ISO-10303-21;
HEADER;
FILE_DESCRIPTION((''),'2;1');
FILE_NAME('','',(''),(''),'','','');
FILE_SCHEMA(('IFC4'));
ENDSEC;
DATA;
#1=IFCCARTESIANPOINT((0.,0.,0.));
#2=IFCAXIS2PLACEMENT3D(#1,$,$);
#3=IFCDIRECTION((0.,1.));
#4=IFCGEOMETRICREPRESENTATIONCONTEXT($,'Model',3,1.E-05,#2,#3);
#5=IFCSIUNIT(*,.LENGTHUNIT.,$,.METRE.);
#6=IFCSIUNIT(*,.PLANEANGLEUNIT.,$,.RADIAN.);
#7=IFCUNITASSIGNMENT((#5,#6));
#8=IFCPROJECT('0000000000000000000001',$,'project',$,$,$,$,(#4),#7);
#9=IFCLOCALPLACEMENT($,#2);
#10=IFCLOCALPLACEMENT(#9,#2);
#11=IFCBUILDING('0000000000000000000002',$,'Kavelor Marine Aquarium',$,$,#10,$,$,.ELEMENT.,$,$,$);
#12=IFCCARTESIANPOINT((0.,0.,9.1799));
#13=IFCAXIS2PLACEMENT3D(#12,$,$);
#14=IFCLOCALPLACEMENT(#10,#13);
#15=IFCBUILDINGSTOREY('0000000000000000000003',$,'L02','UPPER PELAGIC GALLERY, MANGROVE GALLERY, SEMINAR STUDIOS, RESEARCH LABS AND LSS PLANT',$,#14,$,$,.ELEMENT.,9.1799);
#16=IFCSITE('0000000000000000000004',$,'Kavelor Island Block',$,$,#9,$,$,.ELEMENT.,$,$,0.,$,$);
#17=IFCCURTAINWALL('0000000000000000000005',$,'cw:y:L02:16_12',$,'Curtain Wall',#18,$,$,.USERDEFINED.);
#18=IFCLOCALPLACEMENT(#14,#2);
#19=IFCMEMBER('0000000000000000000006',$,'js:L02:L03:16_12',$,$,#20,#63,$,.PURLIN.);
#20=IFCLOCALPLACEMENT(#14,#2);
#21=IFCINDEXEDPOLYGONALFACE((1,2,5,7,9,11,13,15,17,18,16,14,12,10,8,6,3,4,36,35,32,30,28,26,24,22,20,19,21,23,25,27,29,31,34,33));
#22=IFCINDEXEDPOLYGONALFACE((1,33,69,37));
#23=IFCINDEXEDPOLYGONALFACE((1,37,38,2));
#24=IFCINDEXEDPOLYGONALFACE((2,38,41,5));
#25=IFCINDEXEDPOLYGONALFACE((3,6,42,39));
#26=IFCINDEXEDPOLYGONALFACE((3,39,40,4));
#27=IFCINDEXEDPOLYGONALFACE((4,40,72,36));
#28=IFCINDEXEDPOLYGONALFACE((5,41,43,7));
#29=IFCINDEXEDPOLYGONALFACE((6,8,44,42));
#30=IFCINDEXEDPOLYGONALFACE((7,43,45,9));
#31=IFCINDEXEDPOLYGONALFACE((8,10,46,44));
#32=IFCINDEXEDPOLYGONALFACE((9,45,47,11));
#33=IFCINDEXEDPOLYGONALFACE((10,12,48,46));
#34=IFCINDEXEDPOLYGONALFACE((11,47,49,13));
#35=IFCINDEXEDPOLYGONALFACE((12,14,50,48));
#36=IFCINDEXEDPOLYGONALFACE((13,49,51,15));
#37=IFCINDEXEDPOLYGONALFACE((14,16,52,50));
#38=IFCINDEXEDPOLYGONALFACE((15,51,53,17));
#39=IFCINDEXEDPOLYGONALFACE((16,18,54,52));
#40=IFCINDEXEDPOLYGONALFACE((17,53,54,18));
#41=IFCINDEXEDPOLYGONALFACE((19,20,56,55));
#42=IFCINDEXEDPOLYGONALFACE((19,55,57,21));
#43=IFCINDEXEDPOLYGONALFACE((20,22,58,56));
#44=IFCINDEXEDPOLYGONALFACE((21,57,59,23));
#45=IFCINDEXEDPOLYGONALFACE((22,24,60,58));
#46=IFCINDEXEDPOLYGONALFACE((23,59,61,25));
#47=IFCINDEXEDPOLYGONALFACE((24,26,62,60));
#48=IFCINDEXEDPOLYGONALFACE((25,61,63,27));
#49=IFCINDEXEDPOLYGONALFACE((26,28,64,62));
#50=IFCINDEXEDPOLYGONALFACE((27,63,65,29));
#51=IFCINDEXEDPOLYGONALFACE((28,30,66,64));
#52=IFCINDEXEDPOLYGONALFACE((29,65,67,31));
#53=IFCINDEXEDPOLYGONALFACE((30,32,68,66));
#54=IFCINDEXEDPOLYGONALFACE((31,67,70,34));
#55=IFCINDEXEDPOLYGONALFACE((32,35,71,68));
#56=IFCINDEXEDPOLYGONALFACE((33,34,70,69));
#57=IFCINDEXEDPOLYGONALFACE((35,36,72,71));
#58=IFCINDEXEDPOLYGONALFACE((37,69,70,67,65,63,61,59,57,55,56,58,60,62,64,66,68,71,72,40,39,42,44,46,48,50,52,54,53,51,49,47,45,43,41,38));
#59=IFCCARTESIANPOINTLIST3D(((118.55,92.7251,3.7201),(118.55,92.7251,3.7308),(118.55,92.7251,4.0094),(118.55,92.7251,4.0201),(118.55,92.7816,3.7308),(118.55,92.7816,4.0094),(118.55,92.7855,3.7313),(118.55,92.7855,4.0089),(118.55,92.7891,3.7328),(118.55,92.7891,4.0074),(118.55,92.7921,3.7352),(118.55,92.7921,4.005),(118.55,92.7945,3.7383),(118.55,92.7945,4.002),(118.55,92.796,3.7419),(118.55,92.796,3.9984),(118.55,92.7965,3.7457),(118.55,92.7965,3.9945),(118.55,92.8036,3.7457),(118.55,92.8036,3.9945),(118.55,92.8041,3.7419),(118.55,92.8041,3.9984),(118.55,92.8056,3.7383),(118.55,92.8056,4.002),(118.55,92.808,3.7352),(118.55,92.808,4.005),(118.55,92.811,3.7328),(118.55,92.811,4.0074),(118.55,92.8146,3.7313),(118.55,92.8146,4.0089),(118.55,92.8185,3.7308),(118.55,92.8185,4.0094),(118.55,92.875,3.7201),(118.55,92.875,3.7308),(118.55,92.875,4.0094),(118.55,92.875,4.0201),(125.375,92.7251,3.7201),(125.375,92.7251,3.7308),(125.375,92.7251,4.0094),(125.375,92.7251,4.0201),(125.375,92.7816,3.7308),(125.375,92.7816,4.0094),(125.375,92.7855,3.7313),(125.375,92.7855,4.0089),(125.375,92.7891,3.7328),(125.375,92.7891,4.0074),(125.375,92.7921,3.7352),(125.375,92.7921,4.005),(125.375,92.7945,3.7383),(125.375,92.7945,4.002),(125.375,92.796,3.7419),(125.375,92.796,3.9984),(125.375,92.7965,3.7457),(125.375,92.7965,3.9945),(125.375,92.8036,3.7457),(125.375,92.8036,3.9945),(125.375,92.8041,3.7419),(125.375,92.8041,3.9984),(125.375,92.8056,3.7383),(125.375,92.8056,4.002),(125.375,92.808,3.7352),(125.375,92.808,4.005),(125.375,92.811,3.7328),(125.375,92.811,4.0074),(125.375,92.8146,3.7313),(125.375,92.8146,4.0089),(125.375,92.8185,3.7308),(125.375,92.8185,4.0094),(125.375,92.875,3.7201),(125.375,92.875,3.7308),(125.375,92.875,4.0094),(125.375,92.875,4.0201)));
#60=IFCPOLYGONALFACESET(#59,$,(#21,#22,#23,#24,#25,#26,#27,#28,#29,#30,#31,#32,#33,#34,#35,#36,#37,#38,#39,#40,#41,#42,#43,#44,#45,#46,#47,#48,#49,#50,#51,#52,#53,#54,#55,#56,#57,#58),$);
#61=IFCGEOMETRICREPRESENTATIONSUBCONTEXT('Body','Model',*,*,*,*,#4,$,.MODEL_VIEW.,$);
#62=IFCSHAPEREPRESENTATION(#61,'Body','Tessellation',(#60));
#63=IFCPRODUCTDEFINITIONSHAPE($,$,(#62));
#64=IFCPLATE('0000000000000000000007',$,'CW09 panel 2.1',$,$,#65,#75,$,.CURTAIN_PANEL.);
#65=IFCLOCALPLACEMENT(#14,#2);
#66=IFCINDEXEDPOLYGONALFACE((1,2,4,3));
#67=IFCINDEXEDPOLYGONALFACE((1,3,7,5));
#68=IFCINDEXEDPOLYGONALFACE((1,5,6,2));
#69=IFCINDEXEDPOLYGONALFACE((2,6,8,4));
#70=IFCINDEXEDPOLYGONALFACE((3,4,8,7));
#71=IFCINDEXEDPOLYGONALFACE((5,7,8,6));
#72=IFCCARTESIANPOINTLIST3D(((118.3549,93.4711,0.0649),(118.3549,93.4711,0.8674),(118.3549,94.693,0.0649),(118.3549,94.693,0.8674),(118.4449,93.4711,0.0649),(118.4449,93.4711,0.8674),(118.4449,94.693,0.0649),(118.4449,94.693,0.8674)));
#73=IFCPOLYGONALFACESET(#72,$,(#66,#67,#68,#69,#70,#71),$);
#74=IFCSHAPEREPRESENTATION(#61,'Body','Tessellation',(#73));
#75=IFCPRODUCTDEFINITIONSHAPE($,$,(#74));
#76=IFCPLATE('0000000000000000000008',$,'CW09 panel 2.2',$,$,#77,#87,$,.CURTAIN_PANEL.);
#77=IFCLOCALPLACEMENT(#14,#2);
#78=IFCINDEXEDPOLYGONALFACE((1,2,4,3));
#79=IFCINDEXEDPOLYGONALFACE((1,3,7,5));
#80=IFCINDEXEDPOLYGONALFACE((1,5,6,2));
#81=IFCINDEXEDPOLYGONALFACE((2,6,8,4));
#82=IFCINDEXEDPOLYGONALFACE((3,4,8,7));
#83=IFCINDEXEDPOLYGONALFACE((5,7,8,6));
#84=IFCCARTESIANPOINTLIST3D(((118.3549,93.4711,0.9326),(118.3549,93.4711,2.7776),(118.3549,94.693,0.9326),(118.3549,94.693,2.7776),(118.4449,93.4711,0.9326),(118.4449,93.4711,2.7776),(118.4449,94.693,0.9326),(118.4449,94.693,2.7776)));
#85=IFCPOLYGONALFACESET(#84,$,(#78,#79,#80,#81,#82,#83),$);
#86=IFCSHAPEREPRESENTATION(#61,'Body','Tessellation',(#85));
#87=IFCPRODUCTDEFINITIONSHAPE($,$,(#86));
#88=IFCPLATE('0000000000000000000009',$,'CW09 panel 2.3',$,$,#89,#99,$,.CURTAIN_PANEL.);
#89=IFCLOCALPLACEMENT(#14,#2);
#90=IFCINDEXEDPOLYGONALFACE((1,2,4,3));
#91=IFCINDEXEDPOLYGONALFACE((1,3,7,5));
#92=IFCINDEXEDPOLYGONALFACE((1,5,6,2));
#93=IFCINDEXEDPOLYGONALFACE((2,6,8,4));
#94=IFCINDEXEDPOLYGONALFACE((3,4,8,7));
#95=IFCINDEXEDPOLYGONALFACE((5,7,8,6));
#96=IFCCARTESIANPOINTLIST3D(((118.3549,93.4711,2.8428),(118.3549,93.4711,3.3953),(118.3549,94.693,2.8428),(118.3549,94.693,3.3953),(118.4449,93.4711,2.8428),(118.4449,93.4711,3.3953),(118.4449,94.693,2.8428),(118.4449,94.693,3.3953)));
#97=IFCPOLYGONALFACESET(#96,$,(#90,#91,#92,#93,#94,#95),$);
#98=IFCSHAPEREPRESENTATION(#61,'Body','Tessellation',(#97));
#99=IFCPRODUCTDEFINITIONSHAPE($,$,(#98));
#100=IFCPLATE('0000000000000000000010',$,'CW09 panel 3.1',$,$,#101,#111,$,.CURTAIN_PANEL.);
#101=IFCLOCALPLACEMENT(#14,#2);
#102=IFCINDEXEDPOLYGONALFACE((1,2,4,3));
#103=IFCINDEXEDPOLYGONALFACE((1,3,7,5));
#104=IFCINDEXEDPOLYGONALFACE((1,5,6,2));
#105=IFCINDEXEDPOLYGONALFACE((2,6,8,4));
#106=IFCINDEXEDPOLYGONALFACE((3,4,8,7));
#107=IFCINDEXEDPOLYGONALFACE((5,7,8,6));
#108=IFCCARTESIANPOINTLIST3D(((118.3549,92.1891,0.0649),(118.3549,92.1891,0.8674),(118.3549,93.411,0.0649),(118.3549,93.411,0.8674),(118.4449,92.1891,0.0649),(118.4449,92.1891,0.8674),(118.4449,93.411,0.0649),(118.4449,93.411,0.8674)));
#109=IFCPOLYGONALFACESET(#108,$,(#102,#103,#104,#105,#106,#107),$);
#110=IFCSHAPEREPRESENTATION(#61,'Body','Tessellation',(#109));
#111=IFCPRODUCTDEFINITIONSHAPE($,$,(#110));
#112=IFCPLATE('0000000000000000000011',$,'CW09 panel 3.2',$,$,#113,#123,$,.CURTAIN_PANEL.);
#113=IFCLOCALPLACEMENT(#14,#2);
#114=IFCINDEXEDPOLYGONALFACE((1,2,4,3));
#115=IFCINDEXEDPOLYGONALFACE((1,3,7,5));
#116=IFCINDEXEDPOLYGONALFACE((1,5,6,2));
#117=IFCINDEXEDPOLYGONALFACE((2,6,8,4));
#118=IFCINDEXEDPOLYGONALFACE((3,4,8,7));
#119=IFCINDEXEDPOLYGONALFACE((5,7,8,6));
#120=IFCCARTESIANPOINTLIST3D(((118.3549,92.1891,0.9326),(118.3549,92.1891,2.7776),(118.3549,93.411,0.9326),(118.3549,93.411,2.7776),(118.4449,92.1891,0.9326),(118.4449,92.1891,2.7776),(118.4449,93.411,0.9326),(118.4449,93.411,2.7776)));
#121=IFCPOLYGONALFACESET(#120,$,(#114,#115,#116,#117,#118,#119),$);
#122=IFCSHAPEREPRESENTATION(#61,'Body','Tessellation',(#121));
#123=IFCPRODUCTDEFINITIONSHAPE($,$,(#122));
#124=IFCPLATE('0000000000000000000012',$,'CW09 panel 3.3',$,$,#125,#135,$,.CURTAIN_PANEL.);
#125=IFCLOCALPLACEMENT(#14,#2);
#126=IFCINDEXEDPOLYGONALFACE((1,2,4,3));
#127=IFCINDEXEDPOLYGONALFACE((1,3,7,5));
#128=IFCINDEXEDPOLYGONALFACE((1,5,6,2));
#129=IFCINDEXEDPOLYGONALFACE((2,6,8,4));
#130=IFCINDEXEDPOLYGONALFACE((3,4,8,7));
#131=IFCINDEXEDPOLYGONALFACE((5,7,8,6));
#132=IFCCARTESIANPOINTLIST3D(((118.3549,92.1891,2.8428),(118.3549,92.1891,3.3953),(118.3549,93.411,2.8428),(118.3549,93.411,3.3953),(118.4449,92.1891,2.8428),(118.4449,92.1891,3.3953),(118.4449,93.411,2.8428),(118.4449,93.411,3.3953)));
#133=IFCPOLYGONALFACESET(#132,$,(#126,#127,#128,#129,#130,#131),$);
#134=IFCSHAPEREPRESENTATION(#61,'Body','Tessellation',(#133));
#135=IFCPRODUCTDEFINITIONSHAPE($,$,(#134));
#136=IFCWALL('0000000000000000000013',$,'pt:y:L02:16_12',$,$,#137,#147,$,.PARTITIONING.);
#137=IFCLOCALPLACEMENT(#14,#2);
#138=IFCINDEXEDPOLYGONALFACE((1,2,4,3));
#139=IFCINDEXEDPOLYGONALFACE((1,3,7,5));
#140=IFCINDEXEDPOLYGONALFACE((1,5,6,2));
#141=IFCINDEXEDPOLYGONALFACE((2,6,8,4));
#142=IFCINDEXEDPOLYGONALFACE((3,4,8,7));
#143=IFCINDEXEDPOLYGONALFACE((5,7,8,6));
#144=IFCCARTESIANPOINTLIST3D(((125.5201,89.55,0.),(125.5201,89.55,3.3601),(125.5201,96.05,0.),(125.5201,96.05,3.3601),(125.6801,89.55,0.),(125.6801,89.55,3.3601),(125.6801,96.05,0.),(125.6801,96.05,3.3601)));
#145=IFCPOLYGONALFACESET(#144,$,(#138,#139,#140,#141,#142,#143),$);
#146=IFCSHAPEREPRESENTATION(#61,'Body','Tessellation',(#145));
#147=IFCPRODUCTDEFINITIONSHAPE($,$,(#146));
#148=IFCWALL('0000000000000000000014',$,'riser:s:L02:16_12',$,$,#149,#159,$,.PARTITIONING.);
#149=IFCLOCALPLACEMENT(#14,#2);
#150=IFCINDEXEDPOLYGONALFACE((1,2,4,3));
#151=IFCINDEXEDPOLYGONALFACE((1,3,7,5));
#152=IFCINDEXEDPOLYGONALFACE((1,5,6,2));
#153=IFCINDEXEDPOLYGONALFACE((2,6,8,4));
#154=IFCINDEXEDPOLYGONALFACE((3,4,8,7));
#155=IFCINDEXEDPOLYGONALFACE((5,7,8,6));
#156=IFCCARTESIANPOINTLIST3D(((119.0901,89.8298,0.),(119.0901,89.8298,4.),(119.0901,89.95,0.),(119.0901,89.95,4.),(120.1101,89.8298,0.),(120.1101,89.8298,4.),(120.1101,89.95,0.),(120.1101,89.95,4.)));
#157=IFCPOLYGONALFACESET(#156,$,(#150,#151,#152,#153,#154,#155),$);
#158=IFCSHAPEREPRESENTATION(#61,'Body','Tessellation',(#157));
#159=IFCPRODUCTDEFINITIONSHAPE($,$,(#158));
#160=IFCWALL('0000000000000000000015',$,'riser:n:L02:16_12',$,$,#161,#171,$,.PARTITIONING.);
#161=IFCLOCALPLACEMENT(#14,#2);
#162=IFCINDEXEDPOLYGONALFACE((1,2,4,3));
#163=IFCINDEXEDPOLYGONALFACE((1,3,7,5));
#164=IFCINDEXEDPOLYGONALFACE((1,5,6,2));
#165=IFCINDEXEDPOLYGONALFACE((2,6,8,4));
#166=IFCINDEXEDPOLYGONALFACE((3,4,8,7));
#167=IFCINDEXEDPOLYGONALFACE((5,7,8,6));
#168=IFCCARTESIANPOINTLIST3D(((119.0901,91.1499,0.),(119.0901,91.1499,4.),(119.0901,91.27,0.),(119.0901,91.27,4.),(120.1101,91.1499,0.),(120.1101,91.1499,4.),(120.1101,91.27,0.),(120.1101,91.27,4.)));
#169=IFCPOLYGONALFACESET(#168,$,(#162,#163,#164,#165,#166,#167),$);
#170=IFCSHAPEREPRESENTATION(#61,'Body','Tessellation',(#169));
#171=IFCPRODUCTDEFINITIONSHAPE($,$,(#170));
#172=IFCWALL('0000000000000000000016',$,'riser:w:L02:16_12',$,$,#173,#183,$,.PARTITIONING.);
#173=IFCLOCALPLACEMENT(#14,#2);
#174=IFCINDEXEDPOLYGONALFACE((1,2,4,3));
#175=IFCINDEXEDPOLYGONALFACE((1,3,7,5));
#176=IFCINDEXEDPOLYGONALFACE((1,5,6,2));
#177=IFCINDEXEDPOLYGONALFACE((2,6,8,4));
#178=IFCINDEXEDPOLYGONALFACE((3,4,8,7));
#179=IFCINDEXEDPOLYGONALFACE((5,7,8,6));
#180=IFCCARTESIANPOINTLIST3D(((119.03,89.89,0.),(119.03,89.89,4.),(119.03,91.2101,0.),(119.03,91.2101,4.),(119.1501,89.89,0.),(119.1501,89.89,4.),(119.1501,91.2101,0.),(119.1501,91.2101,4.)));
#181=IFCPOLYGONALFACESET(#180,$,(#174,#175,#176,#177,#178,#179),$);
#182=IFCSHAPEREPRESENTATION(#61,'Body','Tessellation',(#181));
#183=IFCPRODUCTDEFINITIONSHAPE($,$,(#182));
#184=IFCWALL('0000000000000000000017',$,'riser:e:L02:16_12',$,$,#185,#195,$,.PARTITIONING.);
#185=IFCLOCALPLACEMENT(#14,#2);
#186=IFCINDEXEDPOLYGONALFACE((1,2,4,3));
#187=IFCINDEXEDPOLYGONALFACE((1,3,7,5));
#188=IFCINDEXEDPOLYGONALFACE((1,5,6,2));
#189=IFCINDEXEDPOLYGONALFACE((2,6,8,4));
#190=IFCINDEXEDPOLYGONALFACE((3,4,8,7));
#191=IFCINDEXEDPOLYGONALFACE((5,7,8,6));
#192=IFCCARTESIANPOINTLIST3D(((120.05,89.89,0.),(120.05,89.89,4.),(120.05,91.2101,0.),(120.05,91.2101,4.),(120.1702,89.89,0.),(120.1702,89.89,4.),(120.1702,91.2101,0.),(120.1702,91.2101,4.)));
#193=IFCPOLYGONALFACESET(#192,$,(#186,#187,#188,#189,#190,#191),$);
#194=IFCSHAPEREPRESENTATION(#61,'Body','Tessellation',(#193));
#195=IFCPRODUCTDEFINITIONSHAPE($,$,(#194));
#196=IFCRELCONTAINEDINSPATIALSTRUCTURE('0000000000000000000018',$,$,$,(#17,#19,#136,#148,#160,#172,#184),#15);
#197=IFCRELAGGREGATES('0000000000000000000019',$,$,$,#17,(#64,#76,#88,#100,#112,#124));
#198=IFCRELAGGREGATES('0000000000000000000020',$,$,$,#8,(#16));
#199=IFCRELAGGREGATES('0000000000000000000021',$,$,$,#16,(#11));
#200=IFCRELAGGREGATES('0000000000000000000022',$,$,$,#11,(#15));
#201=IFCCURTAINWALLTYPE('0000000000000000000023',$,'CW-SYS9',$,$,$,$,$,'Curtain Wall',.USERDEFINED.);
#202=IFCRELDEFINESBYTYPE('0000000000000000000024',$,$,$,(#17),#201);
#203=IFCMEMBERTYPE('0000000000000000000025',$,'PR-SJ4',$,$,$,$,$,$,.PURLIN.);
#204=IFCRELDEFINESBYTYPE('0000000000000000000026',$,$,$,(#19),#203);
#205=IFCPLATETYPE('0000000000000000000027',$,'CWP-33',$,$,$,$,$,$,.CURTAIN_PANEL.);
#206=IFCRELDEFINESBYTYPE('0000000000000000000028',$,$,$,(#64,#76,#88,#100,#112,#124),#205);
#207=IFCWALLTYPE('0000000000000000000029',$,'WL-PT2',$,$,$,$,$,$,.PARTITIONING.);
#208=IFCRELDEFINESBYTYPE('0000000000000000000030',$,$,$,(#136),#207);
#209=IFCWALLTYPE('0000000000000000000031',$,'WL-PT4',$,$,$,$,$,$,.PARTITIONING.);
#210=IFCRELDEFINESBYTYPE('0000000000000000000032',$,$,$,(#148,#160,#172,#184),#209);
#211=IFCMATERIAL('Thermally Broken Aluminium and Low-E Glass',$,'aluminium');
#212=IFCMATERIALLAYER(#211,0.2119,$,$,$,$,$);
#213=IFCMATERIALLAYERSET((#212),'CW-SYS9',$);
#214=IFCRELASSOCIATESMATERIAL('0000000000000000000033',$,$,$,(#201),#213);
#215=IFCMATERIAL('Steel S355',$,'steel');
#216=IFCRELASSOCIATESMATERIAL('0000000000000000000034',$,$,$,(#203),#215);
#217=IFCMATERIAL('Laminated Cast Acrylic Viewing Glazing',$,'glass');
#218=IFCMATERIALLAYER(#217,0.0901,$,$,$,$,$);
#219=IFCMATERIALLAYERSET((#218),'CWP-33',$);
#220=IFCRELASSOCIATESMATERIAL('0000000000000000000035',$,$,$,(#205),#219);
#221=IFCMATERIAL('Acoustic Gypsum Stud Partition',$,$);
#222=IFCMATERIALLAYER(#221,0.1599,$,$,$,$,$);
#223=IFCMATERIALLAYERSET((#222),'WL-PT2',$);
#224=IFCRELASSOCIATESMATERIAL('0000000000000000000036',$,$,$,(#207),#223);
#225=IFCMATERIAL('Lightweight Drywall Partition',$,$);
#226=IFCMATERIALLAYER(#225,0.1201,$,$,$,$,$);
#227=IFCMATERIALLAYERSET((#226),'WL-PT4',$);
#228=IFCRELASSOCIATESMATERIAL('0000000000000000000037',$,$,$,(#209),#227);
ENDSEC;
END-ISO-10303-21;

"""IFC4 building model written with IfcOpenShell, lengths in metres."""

from ifc_helpers import new_model, si_unit, direction, frame, frame_2d, origin, origin_2d, place, context, subcontext, project, spatial, rectangle, i_section, extrude, material, layer, layer_set, material_profile, profile_set, type_object, element, aggregate, save


model = new_model("IFC4")

# Units and contexts
model_context = context("Model", 3, precision=1e-05, world=origin(), true_north=direction((0.0, 1.0)))
body_context = subcontext(model_context, "Body", "Model", "MODEL_VIEW")
ifc_project = project(units=[si_unit("LENGTHUNIT", "METRE"), si_unit("PLANEANGLEUNIT", "RADIAN")], contexts=[model_context])

# Site, building, storey
site_placement = place(None, origin())
site = spatial("IfcSite", under=ifc_project, at=site_placement, Name="Kavelor Island Block", CompositionType="ELEMENT", RefElevation=0.0)
building_placement = place(site_placement, origin())
building = spatial("IfcBuilding", under=site, at=building_placement, Name="Kavelor Marine Aquarium", CompositionType="ELEMENT")
storey_placement = place(building_placement, frame((0.0, 0.0, 9.1799)))
storey = spatial("IfcBuildingStorey", under=building, at=storey_placement, Name="L02", Description="UPPER PELAGIC GALLERY, MANGROVE GALLERY, SEMINAR STUDIOS, RESEARCH LABS AND LSS PLANT", CompositionType="ELEMENT", Elevation=9.1799)

# Curtain wall
ifc_material_1 = material(Name="Thermally Broken Aluminium and Low-E Glass", Category="aluminium")
ifc_layer_1 = layer(ifc_material_1, 0.2119)
ifc_layer_set_1 = layer_set([ifc_layer_1], Name="CW-SYS9")
curtain_wall_type = type_object("IfcCurtainWallType", Name="CW-SYS9", ElementType="Curtain Wall", PredefinedType="USERDEFINED", material=ifc_layer_set_1)
curtain_wall_placement = place(storey_placement, origin())
curtain_wall = element("IfcCurtainWall", 1, at=curtain_wall_placement, inside=storey, type_object=curtain_wall_type, Name="cw:y:L02:16_12", ObjectType="Curtain Wall", PredefinedType="USERDEFINED")

# Member
ifc_material_2 = material(Name="Steel S355", Category="steel")
ifc_material_profile_1 = material_profile(ifc_material_2, i_section(OverallWidth=0.1499, OverallDepth=0.3, WebThickness=0.0071, FlangeThickness=0.0107, FilletRadius=0.0149, at=origin_2d()), Name="IPE 300")
ifc_profile_set_1 = profile_set([ifc_material_profile_1], Name="Steel S355")
member_type_1 = type_object("IfcMemberType", Name="PR-SJ4", PredefinedType="PURLIN", material=ifc_profile_set_1)
member_1_placement = place(storey_placement, frame((118.55, 92.8, 3.8701), z_axis=(1.0, 0.0, 0.0), x_axis=(0.0, 1.0, 0.0)))
element("IfcMember", 2, at=member_1_placement, inside=storey, type_object=member_type_1, Name="js:L02:L03:16_12", PredefinedType="PURLIN", context=body_context, shape_type="SweptSolid", body=[
    extrude(i_section(OverallWidth=0.1499, OverallDepth=0.3, WebThickness=0.0071, FlangeThickness=0.0107, FilletRadius=0.0149, at=origin_2d()), origin(), (0.0, 0.0, 1.0), 6.825),
])

# Plates
ifc_material_3 = material(Name="Laminated Cast Acrylic Viewing Glazing", Category="glass")
ifc_layer_2 = layer(ifc_material_3, 0.0901)
ifc_layer_set_2 = layer_set([ifc_layer_2], Name="CWP-33")
plate_type = type_object("IfcPlateType", Name="CWP-33", PredefinedType="CURTAIN_PANEL", material=ifc_layer_set_2)
plate_1_placement = place(storey_placement, frame((118.3999, 94.082, 0.0649), z_axis=(0.0, 0.0, 1.0), x_axis=(0.0, -1.0, 0.0)))
plate_1 = element("IfcPlate", 3, at=plate_1_placement, type_object=plate_type, Name="CW09 panel 2.1", PredefinedType="CURTAIN_PANEL", context=body_context, shape_type="SweptSolid", body=[
    extrude(rectangle(XDim=1.2219, YDim=0.0901, at=origin_2d()), origin(), (0.0, 0.0, 1.0), 0.8025),
])
plate_2_placement = place(storey_placement, frame((118.3999, 94.082, 0.9326), z_axis=(0.0, 0.0, 1.0), x_axis=(0.0, -1.0, 0.0)))
plate_2 = element("IfcPlate", 4, at=plate_2_placement, type_object=plate_type, Name="CW09 panel 2.2", PredefinedType="CURTAIN_PANEL", context=body_context, shape_type="SweptSolid", body=[
    extrude(rectangle(XDim=1.2219, YDim=0.0901, at=origin_2d()), origin(), (0.0, 0.0, 1.0), 1.845),
])
plate_3_placement = place(storey_placement, frame((118.3999, 94.082, 2.8428), z_axis=(0.0, 0.0, 1.0), x_axis=(0.0, -1.0, 0.0)))
plate_3 = element("IfcPlate", 5, at=plate_3_placement, type_object=plate_type, Name="CW09 panel 2.3", PredefinedType="CURTAIN_PANEL", context=body_context, shape_type="SweptSolid", body=[
    extrude(rectangle(XDim=1.2219, YDim=0.0901, at=origin_2d()), origin(), (0.0, 0.0, 1.0), 0.5525),
])
plate_4_placement = place(storey_placement, frame((118.3999, 92.8, 0.0649), z_axis=(0.0, 0.0, 1.0), x_axis=(0.0, -1.0, 0.0)))
plate_4 = element("IfcPlate", 6, at=plate_4_placement, type_object=plate_type, Name="CW09 panel 3.1", PredefinedType="CURTAIN_PANEL", context=body_context, shape_type="SweptSolid", body=[
    extrude(rectangle(XDim=1.2219, YDim=0.0901, at=origin_2d()), origin(), (0.0, 0.0, 1.0), 0.8025),
])
plate_5_placement = place(storey_placement, frame((118.3999, 92.8, 0.9326), z_axis=(0.0, 0.0, 1.0), x_axis=(0.0, -1.0, 0.0)))
plate_5 = element("IfcPlate", 7, at=plate_5_placement, type_object=plate_type, Name="CW09 panel 3.2", PredefinedType="CURTAIN_PANEL", context=body_context, shape_type="SweptSolid", body=[
    extrude(rectangle(XDim=1.2219, YDim=0.0901, at=origin_2d()), origin(), (0.0, 0.0, 1.0), 1.845),
])
plate_6_placement = place(storey_placement, frame((118.3999, 92.8, 2.8428), z_axis=(0.0, 0.0, 1.0), x_axis=(0.0, -1.0, 0.0)))
plate_6 = element("IfcPlate", 8, at=plate_6_placement, type_object=plate_type, Name="CW09 panel 3.3", PredefinedType="CURTAIN_PANEL", context=body_context, shape_type="SweptSolid", body=[
    extrude(rectangle(XDim=1.2219, YDim=0.0901, at=origin_2d()), origin(), (0.0, 0.0, 1.0), 0.5525),
])
aggregate(curtain_wall, [plate_1, plate_2, plate_3, plate_4, plate_5, plate_6])

# Walls
ifc_material_4 = material(Name="Acoustic Gypsum Stud Partition")
ifc_layer_3 = layer(ifc_material_4, 0.1599)
ifc_layer_set_3 = layer_set([ifc_layer_3], Name="WL-PT2")
wall_type_1 = type_object("IfcWallType", Name="WL-PT2", PredefinedType="PARTITIONING", material=ifc_layer_set_3)
wall_placement = place(storey_placement, frame((125.6001, 89.55, 0.0), z_axis=(0.0, 0.0, 1.0), x_axis=(0.0, 1.0, 0.0)))
element("IfcWall", 9, at=wall_placement, inside=storey, type_object=wall_type_1, Name="pt:y:L02:16_12", PredefinedType="PARTITIONING", context=body_context, shape_type="SweptSolid", body=[
    extrude(rectangle(XDim=6.5, YDim=0.1599, at=frame_2d((3.25, 0.0))), origin(), (0.0, 0.0, 1.0), 3.3601),
])
ifc_material_5 = material(Name="Lightweight Drywall Partition")
ifc_layer_4 = layer(ifc_material_5, 0.1201)
ifc_layer_set_4 = layer_set([ifc_layer_4], Name="WL-PT4")
wall_type_2 = type_object("IfcWallType", Name="WL-PT4", PredefinedType="PARTITIONING", material=ifc_layer_set_4)
for number, where, z_axis, x_axis, name in (
    (10, (119.0901, 89.8899, 0.0), (0.0, 0.0, 1.0), (1.0, 0.0, 0.0), "riser:s:L02:16_12"),
    (11, (119.0901, 91.21, 0.0), (0.0, 0.0, 1.0), (1.0, 0.0, 0.0), "riser:n:L02:16_12"),
):
    element("IfcWall", number, at=place(storey_placement, frame(where, z_axis=z_axis, x_axis=x_axis)), inside=storey, type_object=wall_type_2, Name=name, PredefinedType="PARTITIONING", context=body_context, shape_type="SweptSolid", body=[
        extrude(rectangle(XDim=1.02, YDim=0.1201, at=frame_2d((0.51, 0.0))), origin(), (0.0, 0.0, 1.0), 4.0),
    ])
for number, where, z_axis, x_axis, name in (
    (12, (119.0901, 89.8899, 0.0), (0.0, 0.0, 1.0), (0.0, 1.0, 0.0), "riser:w:L02:16_12"),
    (13, (120.1101, 89.8899, 0.0), (0.0, 0.0, 1.0), (0.0, 1.0, 0.0), "riser:e:L02:16_12"),
):
    element("IfcWall", number, at=place(storey_placement, frame(where, z_axis=z_axis, x_axis=x_axis)), inside=storey, type_object=wall_type_2, Name=name, PredefinedType="PARTITIONING", context=body_context, shape_type="SweptSolid", body=[
        extrude(rectangle(XDim=1.3201, YDim=0.1201, at=frame_2d((0.6602, 0.0))), origin(), (0.0, 0.0, 1.0), 4.0),
    ])

save(model, "model.ifc")
